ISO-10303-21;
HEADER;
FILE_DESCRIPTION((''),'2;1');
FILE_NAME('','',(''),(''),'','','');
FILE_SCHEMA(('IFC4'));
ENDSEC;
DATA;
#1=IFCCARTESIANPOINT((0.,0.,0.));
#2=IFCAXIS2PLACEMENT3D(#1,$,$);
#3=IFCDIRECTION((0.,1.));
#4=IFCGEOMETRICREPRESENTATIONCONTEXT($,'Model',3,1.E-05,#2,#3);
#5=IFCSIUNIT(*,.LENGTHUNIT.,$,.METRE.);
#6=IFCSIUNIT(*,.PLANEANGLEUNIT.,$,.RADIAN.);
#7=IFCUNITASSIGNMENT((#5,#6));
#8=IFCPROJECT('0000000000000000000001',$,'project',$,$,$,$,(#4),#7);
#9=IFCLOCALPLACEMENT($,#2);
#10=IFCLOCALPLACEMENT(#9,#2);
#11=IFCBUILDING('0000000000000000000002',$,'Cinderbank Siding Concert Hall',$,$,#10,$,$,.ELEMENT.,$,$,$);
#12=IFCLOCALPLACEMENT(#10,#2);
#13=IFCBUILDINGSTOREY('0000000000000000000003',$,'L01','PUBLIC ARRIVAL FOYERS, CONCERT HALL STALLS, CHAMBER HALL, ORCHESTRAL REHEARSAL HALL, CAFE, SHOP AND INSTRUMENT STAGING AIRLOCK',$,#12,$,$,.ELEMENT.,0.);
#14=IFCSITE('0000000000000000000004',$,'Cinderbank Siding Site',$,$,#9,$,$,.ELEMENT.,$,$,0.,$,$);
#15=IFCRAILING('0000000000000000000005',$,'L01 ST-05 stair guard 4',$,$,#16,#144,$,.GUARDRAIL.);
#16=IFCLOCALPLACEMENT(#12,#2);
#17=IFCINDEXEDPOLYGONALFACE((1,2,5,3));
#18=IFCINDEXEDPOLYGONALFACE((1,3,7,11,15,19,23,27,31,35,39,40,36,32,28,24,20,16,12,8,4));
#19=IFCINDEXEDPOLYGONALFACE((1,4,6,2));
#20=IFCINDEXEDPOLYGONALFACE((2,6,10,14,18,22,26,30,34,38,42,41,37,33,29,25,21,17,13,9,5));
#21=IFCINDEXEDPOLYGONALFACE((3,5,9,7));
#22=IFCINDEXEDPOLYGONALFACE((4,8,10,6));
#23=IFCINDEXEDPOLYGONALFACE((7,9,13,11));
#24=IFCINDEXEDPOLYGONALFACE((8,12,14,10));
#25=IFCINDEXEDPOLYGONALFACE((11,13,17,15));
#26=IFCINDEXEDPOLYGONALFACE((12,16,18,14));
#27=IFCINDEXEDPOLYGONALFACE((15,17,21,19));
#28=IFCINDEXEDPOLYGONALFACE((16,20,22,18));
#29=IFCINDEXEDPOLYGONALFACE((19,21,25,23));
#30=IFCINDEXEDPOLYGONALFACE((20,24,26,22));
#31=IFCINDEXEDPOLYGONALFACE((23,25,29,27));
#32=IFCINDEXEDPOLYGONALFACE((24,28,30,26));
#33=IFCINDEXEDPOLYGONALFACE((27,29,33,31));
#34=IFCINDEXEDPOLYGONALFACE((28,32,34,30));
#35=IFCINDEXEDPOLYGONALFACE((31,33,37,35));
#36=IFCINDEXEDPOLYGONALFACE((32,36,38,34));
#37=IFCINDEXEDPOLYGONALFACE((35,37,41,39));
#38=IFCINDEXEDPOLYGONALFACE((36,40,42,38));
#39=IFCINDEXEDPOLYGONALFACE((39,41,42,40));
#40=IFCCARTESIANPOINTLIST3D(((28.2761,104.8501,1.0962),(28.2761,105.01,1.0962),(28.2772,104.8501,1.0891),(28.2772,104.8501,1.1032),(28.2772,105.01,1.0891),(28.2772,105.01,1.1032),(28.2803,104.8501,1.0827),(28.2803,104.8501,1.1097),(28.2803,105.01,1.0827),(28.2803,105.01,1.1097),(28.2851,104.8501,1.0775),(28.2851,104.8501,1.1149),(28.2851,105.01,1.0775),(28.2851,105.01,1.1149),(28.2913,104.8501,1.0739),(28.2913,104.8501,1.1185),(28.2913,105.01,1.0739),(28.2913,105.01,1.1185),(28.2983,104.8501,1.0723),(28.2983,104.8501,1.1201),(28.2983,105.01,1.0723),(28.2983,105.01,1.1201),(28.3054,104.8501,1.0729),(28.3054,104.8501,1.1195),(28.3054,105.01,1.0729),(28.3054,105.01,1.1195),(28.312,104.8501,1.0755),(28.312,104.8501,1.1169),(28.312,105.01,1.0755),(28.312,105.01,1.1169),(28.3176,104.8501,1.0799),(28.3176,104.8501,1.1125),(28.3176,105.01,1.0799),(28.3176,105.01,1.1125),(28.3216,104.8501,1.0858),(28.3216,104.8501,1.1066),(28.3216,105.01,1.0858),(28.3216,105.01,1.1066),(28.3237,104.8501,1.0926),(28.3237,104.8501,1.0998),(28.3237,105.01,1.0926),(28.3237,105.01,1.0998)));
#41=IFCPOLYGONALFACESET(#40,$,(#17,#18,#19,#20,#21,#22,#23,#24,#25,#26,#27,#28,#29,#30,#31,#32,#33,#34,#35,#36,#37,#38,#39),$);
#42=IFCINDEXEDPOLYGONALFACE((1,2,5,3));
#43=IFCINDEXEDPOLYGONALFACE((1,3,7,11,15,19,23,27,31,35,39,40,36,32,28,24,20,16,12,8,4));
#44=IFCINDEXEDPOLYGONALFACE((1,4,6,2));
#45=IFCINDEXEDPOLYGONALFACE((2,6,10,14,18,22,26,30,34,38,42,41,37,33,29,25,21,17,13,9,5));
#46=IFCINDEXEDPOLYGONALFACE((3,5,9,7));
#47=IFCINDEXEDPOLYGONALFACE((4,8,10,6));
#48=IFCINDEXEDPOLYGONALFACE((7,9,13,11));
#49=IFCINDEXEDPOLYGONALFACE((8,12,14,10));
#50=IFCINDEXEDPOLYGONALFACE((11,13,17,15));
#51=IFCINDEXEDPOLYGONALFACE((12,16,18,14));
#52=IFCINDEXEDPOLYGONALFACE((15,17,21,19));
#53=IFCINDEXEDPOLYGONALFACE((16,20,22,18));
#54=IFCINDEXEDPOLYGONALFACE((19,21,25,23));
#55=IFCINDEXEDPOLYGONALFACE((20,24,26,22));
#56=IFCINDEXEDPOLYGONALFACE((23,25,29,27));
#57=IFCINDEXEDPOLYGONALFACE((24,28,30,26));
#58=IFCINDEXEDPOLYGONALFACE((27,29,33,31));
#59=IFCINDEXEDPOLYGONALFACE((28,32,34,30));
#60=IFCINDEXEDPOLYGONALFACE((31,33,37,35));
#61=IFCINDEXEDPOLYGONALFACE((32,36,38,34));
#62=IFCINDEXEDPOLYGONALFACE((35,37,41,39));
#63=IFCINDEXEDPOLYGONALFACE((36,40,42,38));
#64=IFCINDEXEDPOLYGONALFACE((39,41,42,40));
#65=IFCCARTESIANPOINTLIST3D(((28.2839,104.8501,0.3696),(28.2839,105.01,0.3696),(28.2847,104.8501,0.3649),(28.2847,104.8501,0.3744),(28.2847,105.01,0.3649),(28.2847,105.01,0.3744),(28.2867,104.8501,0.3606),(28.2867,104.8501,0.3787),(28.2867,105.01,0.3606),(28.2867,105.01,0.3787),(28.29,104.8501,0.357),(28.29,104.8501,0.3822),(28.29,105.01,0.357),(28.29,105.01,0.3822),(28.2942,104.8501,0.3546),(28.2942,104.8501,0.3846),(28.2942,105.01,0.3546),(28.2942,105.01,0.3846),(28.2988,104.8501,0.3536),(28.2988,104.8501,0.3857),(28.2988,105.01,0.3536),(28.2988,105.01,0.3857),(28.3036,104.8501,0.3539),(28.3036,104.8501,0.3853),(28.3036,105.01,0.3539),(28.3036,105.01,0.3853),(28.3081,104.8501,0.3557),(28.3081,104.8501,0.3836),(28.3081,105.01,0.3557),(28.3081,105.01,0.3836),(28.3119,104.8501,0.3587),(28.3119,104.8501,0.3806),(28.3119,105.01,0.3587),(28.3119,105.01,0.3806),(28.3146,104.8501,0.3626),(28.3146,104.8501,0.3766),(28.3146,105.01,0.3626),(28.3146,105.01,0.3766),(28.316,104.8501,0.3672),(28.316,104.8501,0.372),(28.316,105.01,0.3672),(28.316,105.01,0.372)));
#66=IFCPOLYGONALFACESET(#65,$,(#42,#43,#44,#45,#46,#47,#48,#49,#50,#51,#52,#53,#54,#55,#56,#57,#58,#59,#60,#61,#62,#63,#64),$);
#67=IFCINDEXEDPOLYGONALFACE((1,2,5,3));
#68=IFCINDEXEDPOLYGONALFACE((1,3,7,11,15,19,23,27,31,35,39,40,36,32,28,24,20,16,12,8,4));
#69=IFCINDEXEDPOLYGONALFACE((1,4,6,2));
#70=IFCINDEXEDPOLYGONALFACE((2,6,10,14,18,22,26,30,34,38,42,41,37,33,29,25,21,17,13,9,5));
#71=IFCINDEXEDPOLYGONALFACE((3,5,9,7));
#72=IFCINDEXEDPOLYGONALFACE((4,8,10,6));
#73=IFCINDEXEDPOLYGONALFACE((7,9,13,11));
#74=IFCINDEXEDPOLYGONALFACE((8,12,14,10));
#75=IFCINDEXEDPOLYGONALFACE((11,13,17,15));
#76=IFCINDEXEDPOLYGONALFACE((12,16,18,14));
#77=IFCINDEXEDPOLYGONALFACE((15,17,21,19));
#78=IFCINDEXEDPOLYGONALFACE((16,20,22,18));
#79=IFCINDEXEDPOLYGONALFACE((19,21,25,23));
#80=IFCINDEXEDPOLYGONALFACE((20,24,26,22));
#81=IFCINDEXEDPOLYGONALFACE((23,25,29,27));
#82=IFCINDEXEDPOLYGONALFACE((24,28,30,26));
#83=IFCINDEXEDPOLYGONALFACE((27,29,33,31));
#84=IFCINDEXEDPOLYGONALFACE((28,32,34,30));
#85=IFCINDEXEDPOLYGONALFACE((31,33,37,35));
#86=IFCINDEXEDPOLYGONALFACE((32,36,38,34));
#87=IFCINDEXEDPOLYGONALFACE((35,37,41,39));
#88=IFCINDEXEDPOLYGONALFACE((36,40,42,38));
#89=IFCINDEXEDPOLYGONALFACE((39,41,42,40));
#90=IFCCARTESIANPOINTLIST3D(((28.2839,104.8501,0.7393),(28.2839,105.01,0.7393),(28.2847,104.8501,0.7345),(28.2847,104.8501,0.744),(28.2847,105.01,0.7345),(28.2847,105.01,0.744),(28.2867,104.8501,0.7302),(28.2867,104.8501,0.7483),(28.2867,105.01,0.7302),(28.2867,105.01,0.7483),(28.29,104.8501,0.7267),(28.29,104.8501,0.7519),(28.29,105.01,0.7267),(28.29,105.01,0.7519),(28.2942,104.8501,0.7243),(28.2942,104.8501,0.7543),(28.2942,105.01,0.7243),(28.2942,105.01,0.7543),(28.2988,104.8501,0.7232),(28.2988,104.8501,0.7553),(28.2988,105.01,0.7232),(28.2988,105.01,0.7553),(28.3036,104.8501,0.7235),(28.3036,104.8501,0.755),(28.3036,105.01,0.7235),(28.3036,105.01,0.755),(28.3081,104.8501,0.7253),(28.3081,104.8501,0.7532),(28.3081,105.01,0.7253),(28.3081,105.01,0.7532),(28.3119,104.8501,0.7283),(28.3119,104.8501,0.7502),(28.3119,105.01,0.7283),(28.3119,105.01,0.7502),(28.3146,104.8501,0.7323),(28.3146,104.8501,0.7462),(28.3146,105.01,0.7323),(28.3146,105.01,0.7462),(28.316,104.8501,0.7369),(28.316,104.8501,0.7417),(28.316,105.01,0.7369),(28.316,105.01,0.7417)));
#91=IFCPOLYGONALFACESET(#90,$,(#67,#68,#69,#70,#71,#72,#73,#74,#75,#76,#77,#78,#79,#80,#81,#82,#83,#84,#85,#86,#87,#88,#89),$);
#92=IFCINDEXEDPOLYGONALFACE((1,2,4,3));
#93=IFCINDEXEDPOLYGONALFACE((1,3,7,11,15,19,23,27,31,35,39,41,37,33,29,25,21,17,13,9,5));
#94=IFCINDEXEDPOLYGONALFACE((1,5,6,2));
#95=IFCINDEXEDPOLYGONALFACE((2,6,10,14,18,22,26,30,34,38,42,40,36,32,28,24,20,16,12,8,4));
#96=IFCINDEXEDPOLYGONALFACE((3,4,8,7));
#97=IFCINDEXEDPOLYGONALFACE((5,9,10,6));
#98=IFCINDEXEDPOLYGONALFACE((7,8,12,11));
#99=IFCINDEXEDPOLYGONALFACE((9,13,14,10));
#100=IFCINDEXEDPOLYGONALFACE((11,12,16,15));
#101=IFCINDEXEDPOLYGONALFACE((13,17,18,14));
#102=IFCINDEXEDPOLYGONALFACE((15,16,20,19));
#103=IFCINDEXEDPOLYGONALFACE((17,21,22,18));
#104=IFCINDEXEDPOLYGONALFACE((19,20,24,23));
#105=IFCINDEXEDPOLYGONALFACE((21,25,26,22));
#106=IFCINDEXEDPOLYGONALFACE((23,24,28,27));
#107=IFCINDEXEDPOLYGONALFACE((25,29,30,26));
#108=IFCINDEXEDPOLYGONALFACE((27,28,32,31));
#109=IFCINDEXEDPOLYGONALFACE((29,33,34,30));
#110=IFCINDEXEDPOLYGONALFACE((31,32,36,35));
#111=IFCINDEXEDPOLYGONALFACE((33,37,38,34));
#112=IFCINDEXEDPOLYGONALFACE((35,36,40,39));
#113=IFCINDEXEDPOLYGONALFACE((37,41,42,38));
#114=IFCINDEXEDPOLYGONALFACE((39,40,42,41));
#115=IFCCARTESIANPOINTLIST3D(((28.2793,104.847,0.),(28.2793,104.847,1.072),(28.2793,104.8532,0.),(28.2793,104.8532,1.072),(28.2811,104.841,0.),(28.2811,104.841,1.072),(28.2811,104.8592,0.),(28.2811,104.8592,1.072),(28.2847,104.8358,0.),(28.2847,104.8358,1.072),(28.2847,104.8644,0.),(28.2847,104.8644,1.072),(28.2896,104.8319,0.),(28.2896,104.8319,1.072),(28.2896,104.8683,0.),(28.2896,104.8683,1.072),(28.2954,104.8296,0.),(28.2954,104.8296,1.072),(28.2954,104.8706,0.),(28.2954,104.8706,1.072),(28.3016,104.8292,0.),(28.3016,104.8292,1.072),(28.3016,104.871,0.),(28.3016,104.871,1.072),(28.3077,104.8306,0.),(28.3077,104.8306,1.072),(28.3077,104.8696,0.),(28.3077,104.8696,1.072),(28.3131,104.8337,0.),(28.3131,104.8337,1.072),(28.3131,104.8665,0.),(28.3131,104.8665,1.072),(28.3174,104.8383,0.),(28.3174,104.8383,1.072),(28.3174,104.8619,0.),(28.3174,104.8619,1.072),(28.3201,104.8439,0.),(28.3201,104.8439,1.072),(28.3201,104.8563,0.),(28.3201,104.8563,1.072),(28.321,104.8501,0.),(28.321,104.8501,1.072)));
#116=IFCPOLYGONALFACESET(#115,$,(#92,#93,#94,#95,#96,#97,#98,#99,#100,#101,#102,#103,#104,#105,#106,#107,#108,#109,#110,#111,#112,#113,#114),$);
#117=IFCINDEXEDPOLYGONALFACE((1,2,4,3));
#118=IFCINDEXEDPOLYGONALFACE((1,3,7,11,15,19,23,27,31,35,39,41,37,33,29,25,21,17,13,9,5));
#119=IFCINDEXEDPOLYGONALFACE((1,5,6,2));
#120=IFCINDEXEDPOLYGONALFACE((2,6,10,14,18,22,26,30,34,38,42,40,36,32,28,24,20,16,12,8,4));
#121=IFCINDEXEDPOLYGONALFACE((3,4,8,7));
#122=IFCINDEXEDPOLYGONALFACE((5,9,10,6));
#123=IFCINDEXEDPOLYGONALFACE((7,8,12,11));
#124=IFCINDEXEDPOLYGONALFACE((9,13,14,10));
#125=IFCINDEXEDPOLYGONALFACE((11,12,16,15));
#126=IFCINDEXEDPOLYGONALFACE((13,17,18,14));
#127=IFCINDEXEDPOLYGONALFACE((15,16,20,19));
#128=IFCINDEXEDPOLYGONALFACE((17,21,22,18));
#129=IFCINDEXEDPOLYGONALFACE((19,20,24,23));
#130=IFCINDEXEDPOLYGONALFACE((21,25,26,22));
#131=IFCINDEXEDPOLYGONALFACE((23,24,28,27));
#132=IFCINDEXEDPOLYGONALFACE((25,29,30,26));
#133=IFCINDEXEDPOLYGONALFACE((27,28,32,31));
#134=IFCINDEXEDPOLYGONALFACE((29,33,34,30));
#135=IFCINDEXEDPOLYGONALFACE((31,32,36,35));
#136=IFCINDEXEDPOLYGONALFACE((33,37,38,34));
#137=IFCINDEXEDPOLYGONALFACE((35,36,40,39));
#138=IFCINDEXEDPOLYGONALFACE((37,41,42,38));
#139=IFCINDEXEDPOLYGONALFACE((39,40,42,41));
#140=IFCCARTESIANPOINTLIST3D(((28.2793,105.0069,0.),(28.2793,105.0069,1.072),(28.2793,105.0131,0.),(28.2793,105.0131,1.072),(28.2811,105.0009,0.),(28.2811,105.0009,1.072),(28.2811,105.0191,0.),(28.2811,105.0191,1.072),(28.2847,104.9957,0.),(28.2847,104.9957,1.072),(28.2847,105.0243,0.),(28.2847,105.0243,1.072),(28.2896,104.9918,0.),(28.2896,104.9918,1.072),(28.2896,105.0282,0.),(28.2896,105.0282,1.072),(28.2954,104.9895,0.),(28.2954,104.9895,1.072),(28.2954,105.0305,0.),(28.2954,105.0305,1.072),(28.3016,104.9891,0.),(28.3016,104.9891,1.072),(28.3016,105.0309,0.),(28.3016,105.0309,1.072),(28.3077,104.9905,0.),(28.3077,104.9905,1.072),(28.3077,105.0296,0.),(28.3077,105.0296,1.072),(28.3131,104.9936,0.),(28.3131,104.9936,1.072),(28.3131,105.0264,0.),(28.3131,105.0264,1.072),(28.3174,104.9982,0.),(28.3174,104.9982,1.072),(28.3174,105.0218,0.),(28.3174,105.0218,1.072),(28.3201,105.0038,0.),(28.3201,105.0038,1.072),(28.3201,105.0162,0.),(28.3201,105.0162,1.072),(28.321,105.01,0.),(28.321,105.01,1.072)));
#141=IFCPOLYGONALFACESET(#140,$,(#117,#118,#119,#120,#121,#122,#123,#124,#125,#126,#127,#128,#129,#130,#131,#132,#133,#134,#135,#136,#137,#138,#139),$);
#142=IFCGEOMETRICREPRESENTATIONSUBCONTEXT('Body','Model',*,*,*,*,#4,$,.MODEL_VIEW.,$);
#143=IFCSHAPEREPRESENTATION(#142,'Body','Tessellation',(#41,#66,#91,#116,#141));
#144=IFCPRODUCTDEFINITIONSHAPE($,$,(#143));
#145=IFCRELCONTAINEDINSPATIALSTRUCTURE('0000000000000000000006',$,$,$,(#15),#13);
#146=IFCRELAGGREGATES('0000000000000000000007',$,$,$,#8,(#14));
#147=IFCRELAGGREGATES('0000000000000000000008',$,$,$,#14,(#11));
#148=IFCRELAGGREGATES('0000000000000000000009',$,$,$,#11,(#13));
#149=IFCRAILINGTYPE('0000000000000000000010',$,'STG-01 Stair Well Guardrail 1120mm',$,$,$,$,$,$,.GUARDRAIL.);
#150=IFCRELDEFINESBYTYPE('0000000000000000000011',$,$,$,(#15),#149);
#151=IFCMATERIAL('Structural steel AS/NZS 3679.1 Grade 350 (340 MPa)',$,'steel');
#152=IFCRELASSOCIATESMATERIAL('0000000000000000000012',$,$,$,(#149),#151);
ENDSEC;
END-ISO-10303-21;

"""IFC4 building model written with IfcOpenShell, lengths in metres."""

from ifc_helpers import new_model, si_unit, direction, frame, origin, origin_2d, place, context, subcontext, project, spatial, circle, extrude, material, type_object, element, save


model = new_model("IFC4")

# Units and contexts
model_context = context("Model", 3, precision=1e-05, world=origin(), true_north=direction((0.0, 1.0)))
body_context = subcontext(model_context, "Body", "Model", "MODEL_VIEW")
ifc_project = project(units=[si_unit("LENGTHUNIT", "METRE"), si_unit("PLANEANGLEUNIT", "RADIAN")], contexts=[model_context])

# Site, building, storey
site_placement = place(None, origin())
site = spatial("IfcSite", under=ifc_project, at=site_placement, Name="Cinderbank Siding Site", CompositionType="ELEMENT", RefElevation=0.0)
building_placement = place(site_placement, origin())
building = spatial("IfcBuilding", under=site, at=building_placement, Name="Cinderbank Siding Concert Hall", CompositionType="ELEMENT")
storey_placement = place(building_placement, origin())
storey = spatial("IfcBuildingStorey", under=building, at=storey_placement, Name="L01", Description="PUBLIC ARRIVAL FOYERS, CONCERT HALL STALLS, CHAMBER HALL, ORCHESTRAL REHEARSAL HALL, CAFE, SHOP AND INSTRUMENT STAGING AIRLOCK", CompositionType="ELEMENT", Elevation=0.0)

# Shared definitions
ifc_material_1 = material(Name="Structural steel AS/NZS 3679.1 Grade 350 (340 MPa)", Category="steel")

# Railing
railing_type_1 = type_object("IfcRailingType", Name="STG-01 Stair Well Guardrail 1120mm", PredefinedType="GUARDRAIL", material=ifc_material_1)
railing_1_placement = place(storey_placement, frame((28.3, 104.8501, 0.0)))
element("IfcRailing", 1, at=railing_1_placement, inside=storey, type_object=railing_type_1, Name="L01 ST-05 stair guard 4", PredefinedType="GUARDRAIL", context=body_context, shape_type="SweptSolid", body=[
    extrude(circle(Radius=0.0239, at=origin_2d()), frame((0.0, 0.0, 1.0962), z_axis=(0.0, 1.0, 0.0), x_axis=(-1.0, 0.0, 0.0)), (0.0, 0.0, 1.0), 0.1599),
    extrude(circle(Radius=0.0161, at=origin_2d()), frame((0.0, 0.0, 0.3696), z_axis=(0.0, 1.0, 0.0), x_axis=(-1.0, 0.0, 0.0)), (0.0, 0.0, 1.0), 0.1599),
    extrude(circle(Radius=0.0161, at=origin_2d()), frame((0.0, 0.0, 0.7393), z_axis=(0.0, 1.0, 0.0), x_axis=(-1.0, 0.0, 0.0)), (0.0, 0.0, 1.0), 0.1599),
    extrude(circle(Radius=0.021, at=origin_2d()), origin(), (0.0, 0.0, 1.0), 1.072),
    extrude(circle(Radius=0.021, at=origin_2d()), frame((0.0, 0.1599, 0.0)), (0.0, 0.0, 1.0), 1.072),
])

save(model, "model.ifc")
